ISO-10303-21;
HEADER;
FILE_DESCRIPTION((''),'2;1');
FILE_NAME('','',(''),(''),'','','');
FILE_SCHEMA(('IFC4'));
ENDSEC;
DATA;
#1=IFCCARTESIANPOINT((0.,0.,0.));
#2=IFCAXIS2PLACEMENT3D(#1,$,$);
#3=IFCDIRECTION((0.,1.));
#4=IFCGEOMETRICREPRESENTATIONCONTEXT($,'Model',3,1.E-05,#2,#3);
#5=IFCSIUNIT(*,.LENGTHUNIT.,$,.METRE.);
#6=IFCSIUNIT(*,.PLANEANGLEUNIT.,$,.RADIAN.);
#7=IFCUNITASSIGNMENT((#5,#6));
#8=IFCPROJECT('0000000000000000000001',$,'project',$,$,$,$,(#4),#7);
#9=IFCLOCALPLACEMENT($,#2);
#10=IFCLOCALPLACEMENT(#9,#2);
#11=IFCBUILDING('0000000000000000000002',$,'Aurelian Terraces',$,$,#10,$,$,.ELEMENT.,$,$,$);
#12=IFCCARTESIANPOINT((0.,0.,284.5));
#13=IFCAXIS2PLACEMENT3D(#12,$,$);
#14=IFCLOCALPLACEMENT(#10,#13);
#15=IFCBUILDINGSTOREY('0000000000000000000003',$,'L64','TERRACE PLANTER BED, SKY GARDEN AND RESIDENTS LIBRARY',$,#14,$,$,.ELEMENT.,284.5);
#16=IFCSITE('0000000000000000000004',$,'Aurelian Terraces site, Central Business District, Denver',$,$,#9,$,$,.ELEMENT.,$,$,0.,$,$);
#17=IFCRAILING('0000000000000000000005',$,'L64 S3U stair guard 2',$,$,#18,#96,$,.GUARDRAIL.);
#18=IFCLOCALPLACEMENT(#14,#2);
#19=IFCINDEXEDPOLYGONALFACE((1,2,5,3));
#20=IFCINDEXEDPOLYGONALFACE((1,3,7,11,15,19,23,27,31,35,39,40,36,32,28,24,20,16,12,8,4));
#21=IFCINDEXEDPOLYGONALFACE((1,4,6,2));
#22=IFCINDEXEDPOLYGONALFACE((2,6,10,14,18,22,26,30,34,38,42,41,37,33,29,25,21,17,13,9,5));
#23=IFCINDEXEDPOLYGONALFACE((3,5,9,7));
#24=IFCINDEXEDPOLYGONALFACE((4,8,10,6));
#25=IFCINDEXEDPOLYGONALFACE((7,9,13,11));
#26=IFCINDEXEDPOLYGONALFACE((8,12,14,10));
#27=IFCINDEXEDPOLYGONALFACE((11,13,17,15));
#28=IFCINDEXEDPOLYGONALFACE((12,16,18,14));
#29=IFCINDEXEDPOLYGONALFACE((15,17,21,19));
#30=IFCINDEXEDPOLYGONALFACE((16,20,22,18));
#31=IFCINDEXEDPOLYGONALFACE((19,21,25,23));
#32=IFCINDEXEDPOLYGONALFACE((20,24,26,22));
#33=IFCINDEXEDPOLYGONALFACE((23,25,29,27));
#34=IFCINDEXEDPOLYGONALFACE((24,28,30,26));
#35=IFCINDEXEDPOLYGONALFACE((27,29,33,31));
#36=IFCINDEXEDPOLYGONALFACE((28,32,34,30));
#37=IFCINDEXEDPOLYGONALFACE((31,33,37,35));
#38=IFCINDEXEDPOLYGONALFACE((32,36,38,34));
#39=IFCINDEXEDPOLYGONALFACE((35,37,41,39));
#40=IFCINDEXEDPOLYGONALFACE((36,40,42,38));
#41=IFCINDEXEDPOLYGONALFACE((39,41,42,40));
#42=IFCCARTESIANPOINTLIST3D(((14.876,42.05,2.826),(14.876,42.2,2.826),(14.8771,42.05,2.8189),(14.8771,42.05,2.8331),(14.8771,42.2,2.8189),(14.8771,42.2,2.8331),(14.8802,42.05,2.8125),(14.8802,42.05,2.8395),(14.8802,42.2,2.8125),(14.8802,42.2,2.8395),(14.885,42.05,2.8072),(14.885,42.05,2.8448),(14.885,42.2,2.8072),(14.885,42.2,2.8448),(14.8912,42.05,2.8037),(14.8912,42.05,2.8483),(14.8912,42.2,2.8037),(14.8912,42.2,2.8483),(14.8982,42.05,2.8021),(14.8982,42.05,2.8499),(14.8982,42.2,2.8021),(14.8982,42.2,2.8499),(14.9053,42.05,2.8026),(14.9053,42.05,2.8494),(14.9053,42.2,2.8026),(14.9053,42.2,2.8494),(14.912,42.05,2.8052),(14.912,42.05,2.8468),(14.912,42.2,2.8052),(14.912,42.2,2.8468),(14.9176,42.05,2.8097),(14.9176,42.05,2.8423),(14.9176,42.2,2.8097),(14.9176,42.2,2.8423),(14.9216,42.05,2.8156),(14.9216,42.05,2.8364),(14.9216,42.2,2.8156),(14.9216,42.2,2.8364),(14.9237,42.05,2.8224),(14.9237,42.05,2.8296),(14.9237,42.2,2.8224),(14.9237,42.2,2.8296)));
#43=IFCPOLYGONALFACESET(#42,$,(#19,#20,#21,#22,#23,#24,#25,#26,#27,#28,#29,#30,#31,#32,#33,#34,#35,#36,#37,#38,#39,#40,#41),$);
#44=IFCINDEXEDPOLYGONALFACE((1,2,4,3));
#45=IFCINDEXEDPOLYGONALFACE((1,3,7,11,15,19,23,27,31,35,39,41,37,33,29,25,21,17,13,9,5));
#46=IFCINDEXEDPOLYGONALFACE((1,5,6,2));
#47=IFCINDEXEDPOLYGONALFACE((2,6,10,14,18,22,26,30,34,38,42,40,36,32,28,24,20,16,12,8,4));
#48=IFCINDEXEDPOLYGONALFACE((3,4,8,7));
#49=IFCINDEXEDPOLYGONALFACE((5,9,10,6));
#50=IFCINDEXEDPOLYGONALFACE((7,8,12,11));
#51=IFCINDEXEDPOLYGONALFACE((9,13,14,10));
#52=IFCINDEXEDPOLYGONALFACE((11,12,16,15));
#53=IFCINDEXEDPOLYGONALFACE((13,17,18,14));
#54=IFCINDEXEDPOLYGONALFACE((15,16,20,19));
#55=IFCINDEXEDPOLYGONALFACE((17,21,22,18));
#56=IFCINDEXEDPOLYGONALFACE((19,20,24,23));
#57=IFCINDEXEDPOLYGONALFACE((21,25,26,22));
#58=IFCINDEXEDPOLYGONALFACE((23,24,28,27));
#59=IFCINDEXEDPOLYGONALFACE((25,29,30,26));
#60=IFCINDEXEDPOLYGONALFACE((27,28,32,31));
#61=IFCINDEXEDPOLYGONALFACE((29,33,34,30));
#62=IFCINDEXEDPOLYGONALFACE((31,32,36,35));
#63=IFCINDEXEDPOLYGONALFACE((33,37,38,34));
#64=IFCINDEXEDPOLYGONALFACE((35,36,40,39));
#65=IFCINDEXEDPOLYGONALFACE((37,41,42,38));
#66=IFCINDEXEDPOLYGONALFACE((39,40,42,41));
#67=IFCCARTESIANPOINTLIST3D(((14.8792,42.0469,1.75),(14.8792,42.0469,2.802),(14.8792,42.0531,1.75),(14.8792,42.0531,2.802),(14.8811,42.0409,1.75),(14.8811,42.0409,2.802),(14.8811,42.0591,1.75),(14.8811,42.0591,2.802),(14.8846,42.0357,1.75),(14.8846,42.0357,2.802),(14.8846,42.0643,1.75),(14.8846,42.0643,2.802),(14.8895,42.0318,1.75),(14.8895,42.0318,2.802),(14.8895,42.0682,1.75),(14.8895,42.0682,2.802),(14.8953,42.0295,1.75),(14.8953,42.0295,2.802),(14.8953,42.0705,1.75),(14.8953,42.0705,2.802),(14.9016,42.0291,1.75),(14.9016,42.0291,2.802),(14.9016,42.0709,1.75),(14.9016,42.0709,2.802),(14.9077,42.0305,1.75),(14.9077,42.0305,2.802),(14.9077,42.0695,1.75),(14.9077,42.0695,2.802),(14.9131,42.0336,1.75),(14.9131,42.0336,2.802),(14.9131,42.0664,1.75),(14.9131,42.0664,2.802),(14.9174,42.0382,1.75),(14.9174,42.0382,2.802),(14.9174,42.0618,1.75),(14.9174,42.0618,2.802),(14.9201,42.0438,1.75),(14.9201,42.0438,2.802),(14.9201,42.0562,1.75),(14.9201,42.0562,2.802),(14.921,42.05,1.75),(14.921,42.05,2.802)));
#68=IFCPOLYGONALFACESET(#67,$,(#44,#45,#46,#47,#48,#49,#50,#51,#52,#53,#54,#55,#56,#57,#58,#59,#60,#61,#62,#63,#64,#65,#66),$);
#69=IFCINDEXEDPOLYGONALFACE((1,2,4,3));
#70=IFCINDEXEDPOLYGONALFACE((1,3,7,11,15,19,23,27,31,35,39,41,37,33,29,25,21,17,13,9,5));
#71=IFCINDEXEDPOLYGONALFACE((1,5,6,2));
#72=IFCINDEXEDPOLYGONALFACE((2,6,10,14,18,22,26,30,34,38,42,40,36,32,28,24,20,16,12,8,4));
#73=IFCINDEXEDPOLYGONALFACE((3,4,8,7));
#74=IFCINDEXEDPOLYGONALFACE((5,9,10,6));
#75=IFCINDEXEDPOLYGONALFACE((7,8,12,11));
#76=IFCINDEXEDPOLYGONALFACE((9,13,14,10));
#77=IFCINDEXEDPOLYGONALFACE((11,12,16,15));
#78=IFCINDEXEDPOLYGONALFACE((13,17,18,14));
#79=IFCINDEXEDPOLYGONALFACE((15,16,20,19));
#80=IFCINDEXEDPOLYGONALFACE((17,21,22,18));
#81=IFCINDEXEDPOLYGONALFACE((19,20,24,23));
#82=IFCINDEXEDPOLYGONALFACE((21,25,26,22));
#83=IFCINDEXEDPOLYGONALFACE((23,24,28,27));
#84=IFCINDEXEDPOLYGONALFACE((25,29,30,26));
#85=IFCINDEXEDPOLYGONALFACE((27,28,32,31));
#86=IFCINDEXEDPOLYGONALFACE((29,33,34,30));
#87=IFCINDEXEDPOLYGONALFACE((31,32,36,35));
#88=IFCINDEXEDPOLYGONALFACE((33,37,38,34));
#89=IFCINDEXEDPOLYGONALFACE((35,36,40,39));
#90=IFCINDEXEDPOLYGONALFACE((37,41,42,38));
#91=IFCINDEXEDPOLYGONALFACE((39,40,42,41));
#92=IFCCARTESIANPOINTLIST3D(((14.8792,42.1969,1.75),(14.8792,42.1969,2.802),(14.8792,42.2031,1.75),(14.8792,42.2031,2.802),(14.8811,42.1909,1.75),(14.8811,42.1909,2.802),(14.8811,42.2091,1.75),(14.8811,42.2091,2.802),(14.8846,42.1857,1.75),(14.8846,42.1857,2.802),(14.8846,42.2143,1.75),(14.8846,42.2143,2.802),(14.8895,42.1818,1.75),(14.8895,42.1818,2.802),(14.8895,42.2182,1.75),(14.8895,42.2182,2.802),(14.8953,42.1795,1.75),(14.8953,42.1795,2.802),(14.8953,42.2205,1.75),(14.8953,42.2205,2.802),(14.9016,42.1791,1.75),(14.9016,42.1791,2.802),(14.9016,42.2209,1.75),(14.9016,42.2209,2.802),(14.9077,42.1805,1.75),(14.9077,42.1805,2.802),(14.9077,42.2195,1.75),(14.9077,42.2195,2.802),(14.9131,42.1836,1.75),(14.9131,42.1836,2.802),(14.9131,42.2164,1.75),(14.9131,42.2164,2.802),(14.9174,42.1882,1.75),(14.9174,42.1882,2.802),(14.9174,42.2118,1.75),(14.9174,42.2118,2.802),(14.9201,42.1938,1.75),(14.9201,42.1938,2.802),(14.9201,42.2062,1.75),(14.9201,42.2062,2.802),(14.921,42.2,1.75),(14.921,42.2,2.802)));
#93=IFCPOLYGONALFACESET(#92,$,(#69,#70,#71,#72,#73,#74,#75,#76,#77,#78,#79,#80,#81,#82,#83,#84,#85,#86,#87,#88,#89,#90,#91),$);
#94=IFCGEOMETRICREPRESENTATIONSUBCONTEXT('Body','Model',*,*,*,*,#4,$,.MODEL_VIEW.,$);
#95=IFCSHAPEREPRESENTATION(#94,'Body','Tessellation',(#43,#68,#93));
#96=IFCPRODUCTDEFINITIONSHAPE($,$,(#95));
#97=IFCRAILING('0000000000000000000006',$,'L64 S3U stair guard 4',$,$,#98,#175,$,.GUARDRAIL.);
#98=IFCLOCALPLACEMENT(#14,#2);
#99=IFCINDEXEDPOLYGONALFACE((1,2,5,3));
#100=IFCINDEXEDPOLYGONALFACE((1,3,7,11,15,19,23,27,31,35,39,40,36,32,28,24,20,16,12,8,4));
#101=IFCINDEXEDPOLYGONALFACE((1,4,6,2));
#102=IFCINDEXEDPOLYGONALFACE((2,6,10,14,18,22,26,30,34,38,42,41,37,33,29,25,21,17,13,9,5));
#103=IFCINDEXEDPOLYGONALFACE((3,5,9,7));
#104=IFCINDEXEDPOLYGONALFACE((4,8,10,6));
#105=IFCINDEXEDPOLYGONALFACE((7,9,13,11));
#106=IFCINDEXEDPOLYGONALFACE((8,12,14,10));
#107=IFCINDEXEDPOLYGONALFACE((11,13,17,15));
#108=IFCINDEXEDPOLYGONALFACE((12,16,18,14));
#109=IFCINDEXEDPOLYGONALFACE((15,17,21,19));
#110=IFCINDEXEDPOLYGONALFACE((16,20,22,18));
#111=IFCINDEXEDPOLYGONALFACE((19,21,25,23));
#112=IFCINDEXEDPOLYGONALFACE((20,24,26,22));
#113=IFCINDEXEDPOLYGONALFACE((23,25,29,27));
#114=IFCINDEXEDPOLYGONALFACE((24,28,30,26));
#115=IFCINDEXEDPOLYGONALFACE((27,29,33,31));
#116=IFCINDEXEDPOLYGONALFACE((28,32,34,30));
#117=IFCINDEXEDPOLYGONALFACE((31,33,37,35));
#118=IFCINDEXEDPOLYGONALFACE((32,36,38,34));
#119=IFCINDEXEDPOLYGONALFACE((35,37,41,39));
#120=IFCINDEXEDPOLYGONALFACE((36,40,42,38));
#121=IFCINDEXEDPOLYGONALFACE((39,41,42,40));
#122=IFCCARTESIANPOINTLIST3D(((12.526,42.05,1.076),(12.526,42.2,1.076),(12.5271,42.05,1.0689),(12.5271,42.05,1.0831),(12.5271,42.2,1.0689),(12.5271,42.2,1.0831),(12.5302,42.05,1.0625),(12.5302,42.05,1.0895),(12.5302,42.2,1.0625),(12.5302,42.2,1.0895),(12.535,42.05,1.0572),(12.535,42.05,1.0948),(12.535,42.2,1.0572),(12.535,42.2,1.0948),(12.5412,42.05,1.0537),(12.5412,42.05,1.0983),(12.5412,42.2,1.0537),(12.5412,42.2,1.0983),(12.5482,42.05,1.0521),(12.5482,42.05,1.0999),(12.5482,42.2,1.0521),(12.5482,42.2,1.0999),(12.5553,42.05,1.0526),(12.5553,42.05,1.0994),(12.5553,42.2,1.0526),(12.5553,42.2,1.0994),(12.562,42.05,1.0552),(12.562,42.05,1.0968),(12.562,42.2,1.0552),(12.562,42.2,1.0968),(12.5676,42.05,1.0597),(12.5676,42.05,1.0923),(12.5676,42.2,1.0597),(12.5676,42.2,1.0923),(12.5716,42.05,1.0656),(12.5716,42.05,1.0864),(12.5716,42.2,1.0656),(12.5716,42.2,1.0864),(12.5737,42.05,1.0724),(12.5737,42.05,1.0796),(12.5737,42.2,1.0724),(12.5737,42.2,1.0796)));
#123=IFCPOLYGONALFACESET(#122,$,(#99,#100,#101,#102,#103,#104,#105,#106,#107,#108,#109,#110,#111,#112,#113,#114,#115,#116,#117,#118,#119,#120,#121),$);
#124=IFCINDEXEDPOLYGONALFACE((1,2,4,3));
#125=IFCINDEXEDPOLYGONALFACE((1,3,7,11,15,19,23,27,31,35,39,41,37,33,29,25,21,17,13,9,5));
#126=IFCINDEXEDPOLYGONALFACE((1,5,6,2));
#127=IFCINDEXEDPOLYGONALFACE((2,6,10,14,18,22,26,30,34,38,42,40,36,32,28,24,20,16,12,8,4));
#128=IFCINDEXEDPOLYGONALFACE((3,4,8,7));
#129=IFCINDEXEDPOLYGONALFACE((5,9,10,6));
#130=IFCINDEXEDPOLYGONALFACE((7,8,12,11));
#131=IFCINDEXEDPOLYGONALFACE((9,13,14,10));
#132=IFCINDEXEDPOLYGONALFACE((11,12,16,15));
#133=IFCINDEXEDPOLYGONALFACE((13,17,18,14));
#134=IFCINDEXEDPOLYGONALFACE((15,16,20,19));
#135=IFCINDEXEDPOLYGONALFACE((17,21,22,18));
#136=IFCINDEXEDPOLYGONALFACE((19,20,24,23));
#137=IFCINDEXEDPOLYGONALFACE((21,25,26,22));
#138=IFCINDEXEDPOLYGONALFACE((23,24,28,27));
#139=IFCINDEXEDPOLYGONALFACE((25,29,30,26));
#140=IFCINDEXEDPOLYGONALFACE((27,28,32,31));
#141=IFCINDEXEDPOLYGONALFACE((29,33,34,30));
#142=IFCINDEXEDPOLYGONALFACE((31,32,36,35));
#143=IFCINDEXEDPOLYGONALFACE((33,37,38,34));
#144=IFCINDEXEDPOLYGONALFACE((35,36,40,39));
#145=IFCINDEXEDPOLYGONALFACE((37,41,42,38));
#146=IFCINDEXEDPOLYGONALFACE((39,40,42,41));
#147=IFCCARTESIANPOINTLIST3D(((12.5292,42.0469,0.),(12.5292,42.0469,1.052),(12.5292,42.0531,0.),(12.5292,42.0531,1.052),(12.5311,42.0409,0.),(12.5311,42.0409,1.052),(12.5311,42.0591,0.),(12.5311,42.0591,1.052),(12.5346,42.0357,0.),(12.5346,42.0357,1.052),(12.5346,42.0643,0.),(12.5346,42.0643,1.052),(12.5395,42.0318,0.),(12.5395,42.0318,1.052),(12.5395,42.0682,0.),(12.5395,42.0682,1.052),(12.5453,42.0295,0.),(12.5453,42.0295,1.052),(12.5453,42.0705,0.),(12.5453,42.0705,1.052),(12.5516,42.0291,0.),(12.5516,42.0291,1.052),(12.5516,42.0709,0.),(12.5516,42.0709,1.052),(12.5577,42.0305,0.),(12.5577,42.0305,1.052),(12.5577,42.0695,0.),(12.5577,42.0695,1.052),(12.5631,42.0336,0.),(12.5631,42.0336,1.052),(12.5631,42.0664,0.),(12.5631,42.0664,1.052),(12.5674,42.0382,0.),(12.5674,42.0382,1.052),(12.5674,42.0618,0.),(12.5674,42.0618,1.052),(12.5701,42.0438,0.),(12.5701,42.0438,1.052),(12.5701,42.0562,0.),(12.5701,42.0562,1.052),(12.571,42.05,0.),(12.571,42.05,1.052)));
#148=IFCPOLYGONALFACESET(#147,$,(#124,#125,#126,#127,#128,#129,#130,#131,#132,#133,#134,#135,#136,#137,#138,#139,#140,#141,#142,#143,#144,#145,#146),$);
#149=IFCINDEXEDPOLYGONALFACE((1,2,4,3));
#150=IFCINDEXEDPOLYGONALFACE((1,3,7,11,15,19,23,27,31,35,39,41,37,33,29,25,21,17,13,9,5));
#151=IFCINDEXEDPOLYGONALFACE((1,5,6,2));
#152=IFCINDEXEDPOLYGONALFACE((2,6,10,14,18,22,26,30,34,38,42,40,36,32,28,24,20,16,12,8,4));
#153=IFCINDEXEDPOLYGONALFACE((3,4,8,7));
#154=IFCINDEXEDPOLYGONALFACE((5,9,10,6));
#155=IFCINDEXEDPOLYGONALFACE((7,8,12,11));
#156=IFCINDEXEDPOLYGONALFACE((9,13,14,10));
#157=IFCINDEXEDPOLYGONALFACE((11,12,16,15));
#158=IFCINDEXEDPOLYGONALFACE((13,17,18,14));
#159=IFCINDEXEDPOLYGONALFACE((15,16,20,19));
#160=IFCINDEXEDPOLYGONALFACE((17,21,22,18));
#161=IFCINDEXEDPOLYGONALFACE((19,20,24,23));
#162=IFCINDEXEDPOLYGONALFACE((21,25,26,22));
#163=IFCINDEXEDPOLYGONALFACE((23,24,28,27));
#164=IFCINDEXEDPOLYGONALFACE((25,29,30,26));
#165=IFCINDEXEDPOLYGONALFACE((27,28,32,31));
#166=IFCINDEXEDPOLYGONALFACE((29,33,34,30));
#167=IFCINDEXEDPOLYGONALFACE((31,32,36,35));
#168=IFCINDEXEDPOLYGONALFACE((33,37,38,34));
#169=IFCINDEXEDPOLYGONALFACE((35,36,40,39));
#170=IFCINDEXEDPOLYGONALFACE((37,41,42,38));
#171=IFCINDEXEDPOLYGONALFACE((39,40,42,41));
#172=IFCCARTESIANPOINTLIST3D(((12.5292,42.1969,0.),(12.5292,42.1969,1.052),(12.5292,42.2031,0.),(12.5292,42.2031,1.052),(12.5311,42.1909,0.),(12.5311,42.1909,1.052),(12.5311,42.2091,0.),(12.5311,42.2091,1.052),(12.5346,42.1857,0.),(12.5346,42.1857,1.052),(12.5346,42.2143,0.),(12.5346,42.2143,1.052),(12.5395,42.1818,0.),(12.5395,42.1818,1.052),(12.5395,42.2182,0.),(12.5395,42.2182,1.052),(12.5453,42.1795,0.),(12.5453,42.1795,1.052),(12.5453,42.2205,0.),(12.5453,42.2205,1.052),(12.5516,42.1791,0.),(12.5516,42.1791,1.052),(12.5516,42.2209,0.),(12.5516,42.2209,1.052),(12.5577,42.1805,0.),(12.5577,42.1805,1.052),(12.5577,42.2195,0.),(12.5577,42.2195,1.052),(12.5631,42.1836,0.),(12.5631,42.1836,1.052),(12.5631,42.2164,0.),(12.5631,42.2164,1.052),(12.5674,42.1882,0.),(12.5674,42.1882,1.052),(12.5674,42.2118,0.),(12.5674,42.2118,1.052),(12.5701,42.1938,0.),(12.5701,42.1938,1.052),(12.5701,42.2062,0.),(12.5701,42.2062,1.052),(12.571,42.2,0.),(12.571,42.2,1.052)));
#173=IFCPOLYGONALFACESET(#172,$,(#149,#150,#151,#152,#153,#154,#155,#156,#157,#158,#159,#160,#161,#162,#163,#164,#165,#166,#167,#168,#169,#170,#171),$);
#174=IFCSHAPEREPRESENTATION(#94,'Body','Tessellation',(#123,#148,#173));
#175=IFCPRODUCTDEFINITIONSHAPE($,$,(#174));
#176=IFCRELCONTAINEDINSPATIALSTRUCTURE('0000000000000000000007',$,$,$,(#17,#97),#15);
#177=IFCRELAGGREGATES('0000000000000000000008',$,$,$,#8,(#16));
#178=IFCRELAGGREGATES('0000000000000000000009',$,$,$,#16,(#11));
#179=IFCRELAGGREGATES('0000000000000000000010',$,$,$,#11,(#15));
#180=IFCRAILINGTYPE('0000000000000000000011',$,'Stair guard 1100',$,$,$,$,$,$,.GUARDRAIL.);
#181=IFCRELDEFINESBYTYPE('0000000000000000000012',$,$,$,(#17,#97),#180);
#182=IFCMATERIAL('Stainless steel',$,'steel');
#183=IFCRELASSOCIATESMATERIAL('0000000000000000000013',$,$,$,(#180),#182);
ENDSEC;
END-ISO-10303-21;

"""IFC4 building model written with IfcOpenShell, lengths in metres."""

from ifc_helpers import new_model, si_unit, direction, frame, origin, origin_2d, place, context, subcontext, project, spatial, circle, extrude, source, transform, mapped, material, type_object, element, save


model = new_model("IFC4")

# Units and contexts
model_context = context("Model", 3, precision=1e-05, world=origin(), true_north=direction((0.0, 1.0)))
body_context = subcontext(model_context, "Body", "Model", "MODEL_VIEW")
ifc_project = project(units=[si_unit("LENGTHUNIT", "METRE"), si_unit("PLANEANGLEUNIT", "RADIAN")], contexts=[model_context])

# Site, building, storey
site_placement = place(None, origin())
site = spatial("IfcSite", under=ifc_project, at=site_placement, Name="Aurelian Terraces site, Central Business District, Denver", CompositionType="ELEMENT", RefElevation=0.0)
building_placement = place(site_placement, origin())
building = spatial("IfcBuilding", under=site, at=building_placement, Name="Aurelian Terraces", CompositionType="ELEMENT")
storey_placement = place(building_placement, frame((0.0, 0.0, 284.5)))
storey = spatial("IfcBuildingStorey", under=building, at=storey_placement, Name="L64", Description="TERRACE PLANTER BED, SKY GARDEN AND RESIDENTS LIBRARY", CompositionType="ELEMENT", Elevation=284.5)

# Railings
ifc_material_1 = material(Name="Stainless steel", Category="steel")
railing_type_1 = type_object("IfcRailingType", Name="Stair guard 1100", PredefinedType="GUARDRAIL", material=ifc_material_1)
shared_shape_1 = source(origin(), body_context, "Body", "SweptSolid", [
    extrude(circle(Radius=0.024, at=origin_2d()), frame((0.0, 0.0, 1.076), z_axis=(0.0, 1.0, 0.0), x_axis=(-1.0, 0.0, 0.0)), (0.0, 0.0, 1.0), 0.15),
    extrude(circle(Radius=0.021, at=origin_2d()), origin(), (0.0, 0.0, 1.0), 1.052),
    extrude(circle(Radius=0.021, at=origin_2d()), frame((0.0, 0.15, 0.0)), (0.0, 0.0, 1.0), 1.052),
])
for number, where, name in (
    (1, (14.9, 42.05, 1.75), "L64 S3U stair guard 2"),
    (2, (12.55, 42.05, 0.0), "L64 S3U stair guard 4"),
):
    element("IfcRailing", number, at=place(storey_placement, frame(where)), inside=storey, type_object=railing_type_1, Name=name, PredefinedType="GUARDRAIL", context=body_context, shape_type="MappedRepresentation", body=[
        mapped(shared_shape_1, transform((0.0, 0.0, 0.0), scale=1.0)),
    ])

save(model, "model.ifc")
